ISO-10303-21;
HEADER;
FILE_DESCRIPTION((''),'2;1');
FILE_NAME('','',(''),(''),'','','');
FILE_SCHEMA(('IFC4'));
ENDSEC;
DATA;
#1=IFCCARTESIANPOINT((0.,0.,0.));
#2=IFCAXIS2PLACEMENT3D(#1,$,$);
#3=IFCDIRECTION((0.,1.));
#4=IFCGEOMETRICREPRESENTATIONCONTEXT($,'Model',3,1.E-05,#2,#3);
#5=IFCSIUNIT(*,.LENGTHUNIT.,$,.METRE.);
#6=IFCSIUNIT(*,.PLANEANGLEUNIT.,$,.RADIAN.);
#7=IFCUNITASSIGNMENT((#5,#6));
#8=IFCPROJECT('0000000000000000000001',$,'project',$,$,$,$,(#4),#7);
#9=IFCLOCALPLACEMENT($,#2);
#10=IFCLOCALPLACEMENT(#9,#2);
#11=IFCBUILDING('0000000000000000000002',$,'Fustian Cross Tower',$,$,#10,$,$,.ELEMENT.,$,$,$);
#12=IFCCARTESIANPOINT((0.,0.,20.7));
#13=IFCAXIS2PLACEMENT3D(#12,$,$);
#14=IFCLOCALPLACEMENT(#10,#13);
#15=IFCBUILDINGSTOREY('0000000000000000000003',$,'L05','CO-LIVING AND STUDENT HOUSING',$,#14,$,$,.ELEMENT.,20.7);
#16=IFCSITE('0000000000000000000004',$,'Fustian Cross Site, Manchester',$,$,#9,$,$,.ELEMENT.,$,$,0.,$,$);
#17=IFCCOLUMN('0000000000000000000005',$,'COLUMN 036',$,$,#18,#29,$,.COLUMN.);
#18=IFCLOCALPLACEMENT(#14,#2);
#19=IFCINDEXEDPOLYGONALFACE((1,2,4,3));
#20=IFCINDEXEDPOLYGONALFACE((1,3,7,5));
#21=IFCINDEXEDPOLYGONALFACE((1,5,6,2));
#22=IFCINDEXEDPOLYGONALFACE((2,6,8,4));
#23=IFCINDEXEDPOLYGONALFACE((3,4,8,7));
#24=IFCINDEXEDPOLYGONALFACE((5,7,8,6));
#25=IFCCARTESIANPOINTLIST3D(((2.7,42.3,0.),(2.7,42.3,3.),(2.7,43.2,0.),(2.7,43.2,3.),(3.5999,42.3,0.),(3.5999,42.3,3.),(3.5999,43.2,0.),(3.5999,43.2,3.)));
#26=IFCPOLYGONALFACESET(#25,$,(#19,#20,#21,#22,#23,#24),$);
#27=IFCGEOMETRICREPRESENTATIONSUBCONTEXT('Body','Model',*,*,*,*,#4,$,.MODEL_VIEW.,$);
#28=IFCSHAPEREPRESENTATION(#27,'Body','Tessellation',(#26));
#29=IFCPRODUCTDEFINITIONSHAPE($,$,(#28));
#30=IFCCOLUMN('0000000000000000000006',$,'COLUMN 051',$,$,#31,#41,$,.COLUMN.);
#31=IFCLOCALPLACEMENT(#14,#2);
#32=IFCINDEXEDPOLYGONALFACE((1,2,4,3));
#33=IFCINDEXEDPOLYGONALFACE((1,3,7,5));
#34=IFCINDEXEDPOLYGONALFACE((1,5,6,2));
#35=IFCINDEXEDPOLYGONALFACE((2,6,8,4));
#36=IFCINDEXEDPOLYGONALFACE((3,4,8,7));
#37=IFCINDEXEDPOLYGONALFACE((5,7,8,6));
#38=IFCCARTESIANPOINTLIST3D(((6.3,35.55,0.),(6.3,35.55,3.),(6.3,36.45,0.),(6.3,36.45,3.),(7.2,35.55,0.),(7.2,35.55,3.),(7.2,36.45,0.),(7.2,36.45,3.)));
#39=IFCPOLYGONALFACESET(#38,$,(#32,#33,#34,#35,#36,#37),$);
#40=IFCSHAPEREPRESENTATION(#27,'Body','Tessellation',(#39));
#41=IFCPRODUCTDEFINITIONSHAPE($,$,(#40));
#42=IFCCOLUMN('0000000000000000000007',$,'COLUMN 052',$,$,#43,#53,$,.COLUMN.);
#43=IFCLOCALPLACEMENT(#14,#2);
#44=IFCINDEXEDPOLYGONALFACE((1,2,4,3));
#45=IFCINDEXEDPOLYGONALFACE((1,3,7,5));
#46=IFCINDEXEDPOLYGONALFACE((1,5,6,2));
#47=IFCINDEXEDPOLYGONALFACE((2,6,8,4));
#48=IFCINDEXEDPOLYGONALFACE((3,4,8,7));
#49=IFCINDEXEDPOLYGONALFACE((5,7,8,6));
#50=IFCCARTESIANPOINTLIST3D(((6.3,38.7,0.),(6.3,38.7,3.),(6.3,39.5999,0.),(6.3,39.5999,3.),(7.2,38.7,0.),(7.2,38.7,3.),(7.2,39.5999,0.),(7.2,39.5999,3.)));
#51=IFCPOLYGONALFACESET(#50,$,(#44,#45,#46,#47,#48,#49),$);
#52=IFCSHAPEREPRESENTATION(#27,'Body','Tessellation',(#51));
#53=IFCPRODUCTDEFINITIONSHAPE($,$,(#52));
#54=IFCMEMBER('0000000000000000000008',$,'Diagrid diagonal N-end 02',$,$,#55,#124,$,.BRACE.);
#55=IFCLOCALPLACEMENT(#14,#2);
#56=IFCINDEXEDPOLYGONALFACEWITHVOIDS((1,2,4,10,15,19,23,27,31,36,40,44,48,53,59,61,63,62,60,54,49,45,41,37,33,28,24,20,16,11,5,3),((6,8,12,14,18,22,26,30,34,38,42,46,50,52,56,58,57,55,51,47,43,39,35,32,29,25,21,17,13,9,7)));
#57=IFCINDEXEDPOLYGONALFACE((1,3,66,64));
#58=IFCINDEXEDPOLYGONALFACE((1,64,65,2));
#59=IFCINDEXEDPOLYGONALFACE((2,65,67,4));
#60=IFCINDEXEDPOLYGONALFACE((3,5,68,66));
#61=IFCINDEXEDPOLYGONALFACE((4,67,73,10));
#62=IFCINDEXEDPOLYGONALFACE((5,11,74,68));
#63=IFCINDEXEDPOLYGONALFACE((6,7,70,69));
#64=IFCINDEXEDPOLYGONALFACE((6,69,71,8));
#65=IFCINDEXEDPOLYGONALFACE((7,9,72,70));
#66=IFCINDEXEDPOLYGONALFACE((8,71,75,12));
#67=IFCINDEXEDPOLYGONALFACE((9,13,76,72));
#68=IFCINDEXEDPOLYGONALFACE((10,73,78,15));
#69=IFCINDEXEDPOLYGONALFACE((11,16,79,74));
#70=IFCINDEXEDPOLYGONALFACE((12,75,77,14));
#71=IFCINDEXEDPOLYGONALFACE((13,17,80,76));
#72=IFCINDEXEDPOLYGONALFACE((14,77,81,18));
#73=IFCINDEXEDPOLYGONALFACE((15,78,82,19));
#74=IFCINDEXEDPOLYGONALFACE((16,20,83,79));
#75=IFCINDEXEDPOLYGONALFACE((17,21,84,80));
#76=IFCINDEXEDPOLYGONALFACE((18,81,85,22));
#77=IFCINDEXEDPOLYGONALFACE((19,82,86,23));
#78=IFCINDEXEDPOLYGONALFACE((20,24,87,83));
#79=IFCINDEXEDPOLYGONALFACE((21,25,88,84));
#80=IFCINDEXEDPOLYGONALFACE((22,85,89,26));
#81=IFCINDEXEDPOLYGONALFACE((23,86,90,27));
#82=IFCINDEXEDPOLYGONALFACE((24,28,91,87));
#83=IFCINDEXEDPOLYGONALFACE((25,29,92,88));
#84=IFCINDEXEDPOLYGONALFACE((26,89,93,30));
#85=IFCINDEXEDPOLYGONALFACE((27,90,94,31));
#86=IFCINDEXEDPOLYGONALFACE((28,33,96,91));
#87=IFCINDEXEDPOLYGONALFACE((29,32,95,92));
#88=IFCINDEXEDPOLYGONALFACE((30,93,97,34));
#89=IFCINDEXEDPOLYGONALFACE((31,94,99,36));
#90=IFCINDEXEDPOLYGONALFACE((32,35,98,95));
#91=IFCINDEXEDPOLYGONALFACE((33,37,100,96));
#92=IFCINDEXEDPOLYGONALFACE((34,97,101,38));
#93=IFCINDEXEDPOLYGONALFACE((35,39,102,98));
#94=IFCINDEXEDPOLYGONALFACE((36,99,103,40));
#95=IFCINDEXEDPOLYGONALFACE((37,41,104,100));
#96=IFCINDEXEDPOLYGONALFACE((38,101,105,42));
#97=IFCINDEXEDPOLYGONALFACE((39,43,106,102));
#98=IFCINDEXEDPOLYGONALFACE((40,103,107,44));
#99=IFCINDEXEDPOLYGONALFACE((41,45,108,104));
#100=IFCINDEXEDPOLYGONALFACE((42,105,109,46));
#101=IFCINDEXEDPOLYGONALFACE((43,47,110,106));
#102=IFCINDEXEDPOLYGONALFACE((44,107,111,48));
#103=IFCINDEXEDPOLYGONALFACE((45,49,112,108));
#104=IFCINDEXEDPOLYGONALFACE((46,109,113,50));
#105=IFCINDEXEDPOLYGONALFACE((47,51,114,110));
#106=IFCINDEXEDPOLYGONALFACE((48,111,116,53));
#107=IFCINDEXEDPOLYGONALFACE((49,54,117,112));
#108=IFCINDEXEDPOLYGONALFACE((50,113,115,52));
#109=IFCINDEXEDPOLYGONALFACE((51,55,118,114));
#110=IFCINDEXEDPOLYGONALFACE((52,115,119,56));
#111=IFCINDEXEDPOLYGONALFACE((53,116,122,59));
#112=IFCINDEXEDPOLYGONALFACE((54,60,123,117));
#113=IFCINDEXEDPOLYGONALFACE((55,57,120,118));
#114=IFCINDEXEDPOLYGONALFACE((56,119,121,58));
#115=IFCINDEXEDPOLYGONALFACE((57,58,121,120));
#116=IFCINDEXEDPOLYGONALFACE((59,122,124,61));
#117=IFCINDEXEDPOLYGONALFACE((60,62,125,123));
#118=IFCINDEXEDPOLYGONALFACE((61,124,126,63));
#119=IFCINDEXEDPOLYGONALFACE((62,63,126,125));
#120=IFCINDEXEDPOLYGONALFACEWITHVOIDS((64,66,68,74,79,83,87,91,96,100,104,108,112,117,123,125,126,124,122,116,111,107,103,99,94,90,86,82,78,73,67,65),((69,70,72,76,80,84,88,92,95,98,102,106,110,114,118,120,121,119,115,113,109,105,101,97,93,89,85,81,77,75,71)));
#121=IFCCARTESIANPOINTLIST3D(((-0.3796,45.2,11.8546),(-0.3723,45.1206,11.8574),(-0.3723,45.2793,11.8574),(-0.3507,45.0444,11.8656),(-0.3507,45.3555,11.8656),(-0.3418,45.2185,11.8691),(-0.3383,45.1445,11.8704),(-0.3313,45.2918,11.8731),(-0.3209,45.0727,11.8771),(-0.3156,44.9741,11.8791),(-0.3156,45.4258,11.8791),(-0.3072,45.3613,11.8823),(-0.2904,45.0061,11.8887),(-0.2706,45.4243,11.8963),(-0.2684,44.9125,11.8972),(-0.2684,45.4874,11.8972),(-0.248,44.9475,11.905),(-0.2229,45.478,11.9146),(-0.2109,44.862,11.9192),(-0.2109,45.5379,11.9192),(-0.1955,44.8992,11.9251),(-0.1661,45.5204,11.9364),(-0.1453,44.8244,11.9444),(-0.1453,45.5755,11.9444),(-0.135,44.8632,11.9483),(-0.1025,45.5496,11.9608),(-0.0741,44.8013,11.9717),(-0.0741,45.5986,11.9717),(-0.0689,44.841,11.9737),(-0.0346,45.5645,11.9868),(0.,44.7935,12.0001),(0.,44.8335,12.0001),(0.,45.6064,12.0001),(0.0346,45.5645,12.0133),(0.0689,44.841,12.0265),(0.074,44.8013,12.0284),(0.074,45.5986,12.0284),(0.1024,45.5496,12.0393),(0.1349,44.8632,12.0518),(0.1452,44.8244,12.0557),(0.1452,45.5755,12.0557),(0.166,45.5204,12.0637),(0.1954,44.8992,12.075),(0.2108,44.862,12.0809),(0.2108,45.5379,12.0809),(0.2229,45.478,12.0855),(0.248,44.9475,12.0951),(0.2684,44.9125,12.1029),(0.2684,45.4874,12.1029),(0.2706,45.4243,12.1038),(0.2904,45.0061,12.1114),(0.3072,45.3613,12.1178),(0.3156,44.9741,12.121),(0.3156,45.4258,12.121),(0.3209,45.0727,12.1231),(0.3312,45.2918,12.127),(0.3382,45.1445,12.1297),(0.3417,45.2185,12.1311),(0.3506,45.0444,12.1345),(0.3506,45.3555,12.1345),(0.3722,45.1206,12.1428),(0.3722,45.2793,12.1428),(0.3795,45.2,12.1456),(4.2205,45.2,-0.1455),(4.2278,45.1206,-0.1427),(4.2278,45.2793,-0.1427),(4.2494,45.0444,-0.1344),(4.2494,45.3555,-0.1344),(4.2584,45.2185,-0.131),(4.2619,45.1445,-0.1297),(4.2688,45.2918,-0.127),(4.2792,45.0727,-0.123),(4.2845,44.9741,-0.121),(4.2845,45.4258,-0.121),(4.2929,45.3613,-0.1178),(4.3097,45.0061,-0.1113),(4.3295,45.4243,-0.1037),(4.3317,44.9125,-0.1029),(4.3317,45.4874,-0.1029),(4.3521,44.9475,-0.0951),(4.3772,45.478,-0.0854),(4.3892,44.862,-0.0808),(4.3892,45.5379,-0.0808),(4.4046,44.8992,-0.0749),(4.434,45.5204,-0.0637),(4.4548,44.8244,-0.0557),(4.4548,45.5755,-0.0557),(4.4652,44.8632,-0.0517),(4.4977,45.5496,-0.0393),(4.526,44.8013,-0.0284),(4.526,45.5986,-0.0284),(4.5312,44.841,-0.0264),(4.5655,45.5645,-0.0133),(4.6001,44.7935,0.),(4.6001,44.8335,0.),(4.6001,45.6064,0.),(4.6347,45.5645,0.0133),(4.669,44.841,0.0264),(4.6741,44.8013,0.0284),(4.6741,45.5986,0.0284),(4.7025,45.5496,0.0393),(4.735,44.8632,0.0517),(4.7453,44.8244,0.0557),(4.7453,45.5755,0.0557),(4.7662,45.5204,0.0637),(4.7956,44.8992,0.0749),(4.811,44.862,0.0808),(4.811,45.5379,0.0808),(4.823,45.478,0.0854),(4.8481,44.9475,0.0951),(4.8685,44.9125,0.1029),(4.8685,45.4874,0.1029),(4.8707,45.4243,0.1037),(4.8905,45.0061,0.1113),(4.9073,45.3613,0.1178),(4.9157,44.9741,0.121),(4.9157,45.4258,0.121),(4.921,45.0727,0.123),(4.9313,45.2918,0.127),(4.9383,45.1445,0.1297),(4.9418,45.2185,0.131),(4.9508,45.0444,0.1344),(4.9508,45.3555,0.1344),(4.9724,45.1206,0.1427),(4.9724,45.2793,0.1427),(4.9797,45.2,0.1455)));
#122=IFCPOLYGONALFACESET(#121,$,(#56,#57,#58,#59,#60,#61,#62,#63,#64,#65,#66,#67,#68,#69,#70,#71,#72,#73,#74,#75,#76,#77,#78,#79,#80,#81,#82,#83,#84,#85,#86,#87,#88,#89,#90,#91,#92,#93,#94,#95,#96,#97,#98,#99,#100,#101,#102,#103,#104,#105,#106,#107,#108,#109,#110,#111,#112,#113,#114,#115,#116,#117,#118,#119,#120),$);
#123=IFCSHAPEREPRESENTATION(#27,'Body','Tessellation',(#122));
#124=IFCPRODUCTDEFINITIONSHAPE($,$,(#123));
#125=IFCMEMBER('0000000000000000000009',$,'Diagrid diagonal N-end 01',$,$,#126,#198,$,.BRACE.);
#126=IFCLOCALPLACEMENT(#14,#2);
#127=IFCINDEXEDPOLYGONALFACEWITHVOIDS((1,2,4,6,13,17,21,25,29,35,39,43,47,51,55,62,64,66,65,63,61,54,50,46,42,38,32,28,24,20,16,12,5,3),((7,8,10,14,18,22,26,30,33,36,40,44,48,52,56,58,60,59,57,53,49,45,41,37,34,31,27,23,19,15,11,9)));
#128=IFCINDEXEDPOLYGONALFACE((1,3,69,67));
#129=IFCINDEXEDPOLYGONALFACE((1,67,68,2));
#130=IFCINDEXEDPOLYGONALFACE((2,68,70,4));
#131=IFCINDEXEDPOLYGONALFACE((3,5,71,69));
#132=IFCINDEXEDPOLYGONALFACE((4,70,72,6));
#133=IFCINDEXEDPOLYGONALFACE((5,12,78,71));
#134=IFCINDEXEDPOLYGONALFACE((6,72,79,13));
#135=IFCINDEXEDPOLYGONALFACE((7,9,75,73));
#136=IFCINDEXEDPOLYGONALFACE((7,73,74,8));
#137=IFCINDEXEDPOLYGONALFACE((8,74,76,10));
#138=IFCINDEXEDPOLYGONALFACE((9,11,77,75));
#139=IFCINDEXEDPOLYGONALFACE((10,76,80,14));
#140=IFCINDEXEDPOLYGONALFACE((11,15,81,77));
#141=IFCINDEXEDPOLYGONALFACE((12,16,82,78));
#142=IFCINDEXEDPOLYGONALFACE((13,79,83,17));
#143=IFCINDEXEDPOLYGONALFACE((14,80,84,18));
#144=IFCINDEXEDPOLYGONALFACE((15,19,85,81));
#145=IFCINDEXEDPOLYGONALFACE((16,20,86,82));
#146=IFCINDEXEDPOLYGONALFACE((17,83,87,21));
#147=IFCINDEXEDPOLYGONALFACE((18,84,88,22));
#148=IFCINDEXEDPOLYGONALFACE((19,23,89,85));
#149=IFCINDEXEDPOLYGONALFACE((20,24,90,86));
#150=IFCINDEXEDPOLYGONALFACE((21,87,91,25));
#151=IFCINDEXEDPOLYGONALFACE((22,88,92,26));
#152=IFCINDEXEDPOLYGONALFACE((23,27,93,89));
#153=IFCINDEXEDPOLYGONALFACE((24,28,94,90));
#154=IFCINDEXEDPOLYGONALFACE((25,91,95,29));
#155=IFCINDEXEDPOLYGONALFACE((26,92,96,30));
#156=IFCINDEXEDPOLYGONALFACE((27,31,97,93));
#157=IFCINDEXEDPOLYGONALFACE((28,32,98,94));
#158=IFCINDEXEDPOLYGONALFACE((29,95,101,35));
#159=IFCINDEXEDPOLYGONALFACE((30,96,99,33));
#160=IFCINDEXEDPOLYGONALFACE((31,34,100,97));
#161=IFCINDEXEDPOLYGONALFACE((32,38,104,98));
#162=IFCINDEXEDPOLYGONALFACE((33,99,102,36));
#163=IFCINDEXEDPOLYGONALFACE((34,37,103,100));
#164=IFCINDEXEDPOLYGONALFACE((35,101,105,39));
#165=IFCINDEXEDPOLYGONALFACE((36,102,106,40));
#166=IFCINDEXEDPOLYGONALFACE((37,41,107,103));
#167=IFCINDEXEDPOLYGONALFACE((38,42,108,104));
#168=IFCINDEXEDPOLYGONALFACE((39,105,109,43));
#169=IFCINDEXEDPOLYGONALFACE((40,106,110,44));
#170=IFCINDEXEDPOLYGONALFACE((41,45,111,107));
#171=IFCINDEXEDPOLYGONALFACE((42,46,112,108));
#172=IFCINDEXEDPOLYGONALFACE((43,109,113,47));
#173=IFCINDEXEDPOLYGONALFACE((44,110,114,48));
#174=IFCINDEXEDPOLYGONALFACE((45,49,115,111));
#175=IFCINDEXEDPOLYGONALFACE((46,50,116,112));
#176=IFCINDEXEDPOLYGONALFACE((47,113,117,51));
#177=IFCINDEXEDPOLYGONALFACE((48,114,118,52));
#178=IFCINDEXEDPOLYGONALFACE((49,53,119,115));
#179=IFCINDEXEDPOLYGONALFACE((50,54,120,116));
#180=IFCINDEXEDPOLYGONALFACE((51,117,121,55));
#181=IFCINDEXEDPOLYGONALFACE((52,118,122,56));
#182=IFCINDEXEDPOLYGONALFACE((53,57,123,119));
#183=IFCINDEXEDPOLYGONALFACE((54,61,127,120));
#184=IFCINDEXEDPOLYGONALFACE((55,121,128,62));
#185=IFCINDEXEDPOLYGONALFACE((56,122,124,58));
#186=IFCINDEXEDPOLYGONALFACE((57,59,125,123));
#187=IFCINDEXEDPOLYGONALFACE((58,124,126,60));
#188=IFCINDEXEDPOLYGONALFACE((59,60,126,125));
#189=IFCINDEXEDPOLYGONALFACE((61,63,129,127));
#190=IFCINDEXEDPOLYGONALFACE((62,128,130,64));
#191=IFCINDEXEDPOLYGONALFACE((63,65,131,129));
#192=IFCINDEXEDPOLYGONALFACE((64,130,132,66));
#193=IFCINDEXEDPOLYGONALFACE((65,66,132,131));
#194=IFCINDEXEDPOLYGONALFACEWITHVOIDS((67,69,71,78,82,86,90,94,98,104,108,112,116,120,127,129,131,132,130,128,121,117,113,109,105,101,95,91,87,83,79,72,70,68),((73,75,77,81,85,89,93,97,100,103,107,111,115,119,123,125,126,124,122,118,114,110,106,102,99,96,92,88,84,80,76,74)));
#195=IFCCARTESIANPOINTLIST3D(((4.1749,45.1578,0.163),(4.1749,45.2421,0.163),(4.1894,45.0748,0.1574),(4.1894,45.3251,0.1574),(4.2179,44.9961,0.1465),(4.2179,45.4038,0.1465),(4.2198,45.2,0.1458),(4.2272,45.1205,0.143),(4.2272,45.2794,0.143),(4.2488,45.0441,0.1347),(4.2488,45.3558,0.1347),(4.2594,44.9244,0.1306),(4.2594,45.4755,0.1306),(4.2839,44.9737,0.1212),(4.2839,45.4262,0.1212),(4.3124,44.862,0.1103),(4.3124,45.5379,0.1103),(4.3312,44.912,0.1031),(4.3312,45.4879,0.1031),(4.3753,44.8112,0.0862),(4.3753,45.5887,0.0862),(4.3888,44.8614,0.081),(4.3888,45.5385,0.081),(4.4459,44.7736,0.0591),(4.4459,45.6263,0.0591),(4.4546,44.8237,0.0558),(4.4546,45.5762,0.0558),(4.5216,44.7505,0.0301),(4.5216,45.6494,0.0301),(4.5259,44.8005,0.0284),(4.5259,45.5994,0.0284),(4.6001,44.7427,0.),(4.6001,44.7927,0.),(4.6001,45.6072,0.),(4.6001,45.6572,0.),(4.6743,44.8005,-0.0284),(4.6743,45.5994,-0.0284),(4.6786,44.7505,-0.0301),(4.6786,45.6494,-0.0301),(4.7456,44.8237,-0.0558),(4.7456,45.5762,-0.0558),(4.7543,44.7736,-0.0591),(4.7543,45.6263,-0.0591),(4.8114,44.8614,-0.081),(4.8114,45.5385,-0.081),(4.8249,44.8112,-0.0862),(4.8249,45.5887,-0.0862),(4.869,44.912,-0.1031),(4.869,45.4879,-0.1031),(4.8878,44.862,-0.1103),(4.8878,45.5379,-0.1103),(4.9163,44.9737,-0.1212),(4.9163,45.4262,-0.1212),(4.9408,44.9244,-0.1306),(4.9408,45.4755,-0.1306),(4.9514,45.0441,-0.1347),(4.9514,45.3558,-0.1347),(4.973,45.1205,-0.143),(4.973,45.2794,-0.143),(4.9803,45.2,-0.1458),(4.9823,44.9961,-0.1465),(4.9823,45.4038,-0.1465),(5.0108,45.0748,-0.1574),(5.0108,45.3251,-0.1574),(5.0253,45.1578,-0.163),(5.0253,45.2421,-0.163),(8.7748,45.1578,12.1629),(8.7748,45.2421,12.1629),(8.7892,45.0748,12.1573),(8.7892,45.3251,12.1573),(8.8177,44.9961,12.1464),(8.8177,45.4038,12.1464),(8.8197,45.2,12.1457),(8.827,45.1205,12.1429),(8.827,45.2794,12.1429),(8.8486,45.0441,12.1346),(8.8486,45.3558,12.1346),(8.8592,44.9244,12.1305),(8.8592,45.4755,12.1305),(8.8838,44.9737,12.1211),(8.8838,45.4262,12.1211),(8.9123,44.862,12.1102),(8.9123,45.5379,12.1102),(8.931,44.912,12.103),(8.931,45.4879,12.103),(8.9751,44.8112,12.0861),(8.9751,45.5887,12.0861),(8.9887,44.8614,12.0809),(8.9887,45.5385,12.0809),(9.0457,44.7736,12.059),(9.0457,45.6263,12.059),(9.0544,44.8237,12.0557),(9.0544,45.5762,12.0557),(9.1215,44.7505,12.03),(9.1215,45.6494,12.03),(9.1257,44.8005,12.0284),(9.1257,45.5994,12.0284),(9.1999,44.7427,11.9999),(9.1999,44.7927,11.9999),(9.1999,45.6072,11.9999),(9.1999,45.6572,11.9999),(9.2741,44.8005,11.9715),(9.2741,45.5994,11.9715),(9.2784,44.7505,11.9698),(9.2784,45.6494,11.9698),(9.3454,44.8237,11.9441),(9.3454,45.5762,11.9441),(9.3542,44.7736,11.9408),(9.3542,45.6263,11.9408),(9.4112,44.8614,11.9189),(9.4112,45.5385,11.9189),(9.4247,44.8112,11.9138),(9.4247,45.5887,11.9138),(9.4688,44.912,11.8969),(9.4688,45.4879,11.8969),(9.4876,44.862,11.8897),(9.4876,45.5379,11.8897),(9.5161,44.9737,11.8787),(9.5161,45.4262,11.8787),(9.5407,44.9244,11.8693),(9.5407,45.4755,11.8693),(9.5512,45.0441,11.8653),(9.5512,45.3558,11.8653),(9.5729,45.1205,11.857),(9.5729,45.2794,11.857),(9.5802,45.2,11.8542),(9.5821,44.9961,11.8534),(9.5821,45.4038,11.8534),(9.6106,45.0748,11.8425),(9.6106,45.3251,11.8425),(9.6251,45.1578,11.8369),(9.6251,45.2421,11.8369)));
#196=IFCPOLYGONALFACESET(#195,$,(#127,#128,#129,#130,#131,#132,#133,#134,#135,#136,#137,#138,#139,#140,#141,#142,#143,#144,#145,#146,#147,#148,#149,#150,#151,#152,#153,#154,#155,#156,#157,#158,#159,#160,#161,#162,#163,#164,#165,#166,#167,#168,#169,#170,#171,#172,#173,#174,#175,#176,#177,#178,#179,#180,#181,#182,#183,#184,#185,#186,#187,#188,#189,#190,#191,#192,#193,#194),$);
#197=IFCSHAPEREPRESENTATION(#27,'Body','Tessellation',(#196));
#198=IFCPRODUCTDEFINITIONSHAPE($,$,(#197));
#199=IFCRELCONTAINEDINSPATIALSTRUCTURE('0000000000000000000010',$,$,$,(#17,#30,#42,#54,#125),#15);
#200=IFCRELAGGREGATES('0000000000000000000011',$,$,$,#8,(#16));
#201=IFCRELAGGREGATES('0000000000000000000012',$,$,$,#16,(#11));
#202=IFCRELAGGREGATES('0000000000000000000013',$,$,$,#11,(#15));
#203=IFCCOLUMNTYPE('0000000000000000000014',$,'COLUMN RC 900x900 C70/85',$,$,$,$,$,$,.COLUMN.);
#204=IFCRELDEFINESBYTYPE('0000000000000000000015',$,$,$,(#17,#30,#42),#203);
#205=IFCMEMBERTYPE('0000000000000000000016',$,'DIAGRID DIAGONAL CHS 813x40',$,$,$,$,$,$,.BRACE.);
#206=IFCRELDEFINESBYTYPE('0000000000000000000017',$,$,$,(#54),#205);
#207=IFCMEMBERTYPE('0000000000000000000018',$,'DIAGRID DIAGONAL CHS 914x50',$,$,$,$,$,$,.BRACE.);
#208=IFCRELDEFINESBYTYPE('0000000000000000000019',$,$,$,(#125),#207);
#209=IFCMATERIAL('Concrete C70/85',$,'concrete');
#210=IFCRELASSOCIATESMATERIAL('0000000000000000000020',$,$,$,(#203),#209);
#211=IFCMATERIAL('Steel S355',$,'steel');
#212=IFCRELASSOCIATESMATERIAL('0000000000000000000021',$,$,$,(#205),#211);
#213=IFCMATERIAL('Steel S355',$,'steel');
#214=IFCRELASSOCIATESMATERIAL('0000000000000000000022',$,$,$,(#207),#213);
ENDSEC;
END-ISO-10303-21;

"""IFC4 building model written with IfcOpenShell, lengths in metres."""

from ifc_helpers import new_model, si_unit, direction, frame, origin, origin_2d, place, context, subcontext, project, spatial, rectangle, hollow_circle, extrude, material, material_profile, profile_set, type_object, element, save


model = new_model("IFC4")

# Units and contexts
model_context = context("Model", 3, precision=1e-05, world=origin(), true_north=direction((0.0, 1.0)))
body_context = subcontext(model_context, "Body", "Model", "MODEL_VIEW")
ifc_project = project(units=[si_unit("LENGTHUNIT", "METRE"), si_unit("PLANEANGLEUNIT", "RADIAN")], contexts=[model_context])

# Site, building, storey
site_placement = place(None, origin())
site = spatial("IfcSite", under=ifc_project, at=site_placement, Name="Fustian Cross Site, Manchester", CompositionType="ELEMENT", RefElevation=0.0)
building_placement = place(site_placement, origin())
building = spatial("IfcBuilding", under=site, at=building_placement, Name="Fustian Cross Tower", CompositionType="ELEMENT")
storey_placement = place(building_placement, frame((0.0, 0.0, 20.7)))
storey = spatial("IfcBuildingStorey", under=building, at=storey_placement, Name="L05", Description="CO-LIVING AND STUDENT HOUSING", CompositionType="ELEMENT", Elevation=20.7)

# Columns
ifc_material_1 = material(Name="Concrete C70/85", Category="concrete")
ifc_material_profile_1 = material_profile(ifc_material_1, rectangle(XDim=0.8999, YDim=0.8999, at=origin_2d()), Name="RC 900x900")
ifc_profile_set_1 = profile_set([ifc_material_profile_1], Name="Concrete C70/85")
column_type = type_object("IfcColumnType", Name="COLUMN RC 900x900 C70/85", PredefinedType="COLUMN", material=ifc_profile_set_1)
for number, where, z_axis, x_axis, name in (
    (1, (3.1499, 42.75, 0.0), (0.0, 0.0, 1.0), (1.0, 0.0, 0.0), "COLUMN 036"),
    (2, (6.75, 36.0, 0.0), (0.0, 0.0, 1.0), (1.0, 0.0, 0.0), "COLUMN 051"),
    (3, (6.75, 39.1499, 0.0), (0.0, 0.0, 1.0), (1.0, 0.0, 0.0), "COLUMN 052"),
):
    element("IfcColumn", number, at=place(storey_placement, frame(where, z_axis=z_axis, x_axis=x_axis)), inside=storey, type_object=column_type, Name=name, PredefinedType="COLUMN", context=body_context, shape_type="SweptSolid", body=[
        extrude(rectangle(XDim=0.8999, YDim=0.8999, at=origin_2d()), origin(), (0.0, 0.0, 1.0), 3.0),
    ])

# Members
ifc_material_2 = material(Name="Steel S355", Category="steel")
ifc_material_profile_2 = material_profile(ifc_material_2, hollow_circle(Radius=0.4065, WallThickness=0.04, at=origin_2d()), Name="CHS 813x40")
ifc_profile_set_2 = profile_set([ifc_material_profile_2], Name="Steel S355")
member_type_1 = type_object("IfcMemberType", Name="DIAGRID DIAGONAL CHS 813x40", PredefinedType="BRACE", material=ifc_profile_set_2)
member_1_placement = place(storey_placement, frame((4.6001, 45.2, 0.0), z_axis=(-0.357943, 0.0, 0.933744), x_axis=(0.0, -1.0, 0.0)))
element("IfcMember", 4, at=member_1_placement, inside=storey, type_object=member_type_1, Name="Diagrid diagonal N-end 02", PredefinedType="BRACE", context=body_context, shape_type="SweptSolid", body=[
    extrude(hollow_circle(Radius=0.4065, WallThickness=0.04, at=origin_2d()), origin(), (0.0, 0.0, 1.0), 12.8516),
])
ifc_material_3 = material(Name="Steel S355", Category="steel")
ifc_material_profile_3 = material_profile(ifc_material_3, hollow_circle(Radius=0.4573, WallThickness=0.05, at=origin_2d()), Name="CHS 914x50")
ifc_profile_set_3 = profile_set([ifc_material_profile_3], Name="Steel S355")
member_type_2 = type_object("IfcMemberType", Name="DIAGRID DIAGONAL CHS 914x50", PredefinedType="BRACE", material=ifc_profile_set_3)
member_2_placement = place(storey_placement, frame((4.6001, 45.2, 0.0), z_axis=(0.357926, 0.0, 0.93375), x_axis=(0.0, 1.0, 0.0)))
element("IfcMember", 5, at=member_2_placement, inside=storey, type_object=member_type_2, Name="Diagrid diagonal N-end 01", PredefinedType="BRACE", context=body_context, shape_type="SweptSolid", body=[
    extrude(hollow_circle(Radius=0.4573, WallThickness=0.05, at=origin_2d()), origin(), (0.0, 0.0, 1.0), 12.8513),
])

save(model, "model.ifc")
